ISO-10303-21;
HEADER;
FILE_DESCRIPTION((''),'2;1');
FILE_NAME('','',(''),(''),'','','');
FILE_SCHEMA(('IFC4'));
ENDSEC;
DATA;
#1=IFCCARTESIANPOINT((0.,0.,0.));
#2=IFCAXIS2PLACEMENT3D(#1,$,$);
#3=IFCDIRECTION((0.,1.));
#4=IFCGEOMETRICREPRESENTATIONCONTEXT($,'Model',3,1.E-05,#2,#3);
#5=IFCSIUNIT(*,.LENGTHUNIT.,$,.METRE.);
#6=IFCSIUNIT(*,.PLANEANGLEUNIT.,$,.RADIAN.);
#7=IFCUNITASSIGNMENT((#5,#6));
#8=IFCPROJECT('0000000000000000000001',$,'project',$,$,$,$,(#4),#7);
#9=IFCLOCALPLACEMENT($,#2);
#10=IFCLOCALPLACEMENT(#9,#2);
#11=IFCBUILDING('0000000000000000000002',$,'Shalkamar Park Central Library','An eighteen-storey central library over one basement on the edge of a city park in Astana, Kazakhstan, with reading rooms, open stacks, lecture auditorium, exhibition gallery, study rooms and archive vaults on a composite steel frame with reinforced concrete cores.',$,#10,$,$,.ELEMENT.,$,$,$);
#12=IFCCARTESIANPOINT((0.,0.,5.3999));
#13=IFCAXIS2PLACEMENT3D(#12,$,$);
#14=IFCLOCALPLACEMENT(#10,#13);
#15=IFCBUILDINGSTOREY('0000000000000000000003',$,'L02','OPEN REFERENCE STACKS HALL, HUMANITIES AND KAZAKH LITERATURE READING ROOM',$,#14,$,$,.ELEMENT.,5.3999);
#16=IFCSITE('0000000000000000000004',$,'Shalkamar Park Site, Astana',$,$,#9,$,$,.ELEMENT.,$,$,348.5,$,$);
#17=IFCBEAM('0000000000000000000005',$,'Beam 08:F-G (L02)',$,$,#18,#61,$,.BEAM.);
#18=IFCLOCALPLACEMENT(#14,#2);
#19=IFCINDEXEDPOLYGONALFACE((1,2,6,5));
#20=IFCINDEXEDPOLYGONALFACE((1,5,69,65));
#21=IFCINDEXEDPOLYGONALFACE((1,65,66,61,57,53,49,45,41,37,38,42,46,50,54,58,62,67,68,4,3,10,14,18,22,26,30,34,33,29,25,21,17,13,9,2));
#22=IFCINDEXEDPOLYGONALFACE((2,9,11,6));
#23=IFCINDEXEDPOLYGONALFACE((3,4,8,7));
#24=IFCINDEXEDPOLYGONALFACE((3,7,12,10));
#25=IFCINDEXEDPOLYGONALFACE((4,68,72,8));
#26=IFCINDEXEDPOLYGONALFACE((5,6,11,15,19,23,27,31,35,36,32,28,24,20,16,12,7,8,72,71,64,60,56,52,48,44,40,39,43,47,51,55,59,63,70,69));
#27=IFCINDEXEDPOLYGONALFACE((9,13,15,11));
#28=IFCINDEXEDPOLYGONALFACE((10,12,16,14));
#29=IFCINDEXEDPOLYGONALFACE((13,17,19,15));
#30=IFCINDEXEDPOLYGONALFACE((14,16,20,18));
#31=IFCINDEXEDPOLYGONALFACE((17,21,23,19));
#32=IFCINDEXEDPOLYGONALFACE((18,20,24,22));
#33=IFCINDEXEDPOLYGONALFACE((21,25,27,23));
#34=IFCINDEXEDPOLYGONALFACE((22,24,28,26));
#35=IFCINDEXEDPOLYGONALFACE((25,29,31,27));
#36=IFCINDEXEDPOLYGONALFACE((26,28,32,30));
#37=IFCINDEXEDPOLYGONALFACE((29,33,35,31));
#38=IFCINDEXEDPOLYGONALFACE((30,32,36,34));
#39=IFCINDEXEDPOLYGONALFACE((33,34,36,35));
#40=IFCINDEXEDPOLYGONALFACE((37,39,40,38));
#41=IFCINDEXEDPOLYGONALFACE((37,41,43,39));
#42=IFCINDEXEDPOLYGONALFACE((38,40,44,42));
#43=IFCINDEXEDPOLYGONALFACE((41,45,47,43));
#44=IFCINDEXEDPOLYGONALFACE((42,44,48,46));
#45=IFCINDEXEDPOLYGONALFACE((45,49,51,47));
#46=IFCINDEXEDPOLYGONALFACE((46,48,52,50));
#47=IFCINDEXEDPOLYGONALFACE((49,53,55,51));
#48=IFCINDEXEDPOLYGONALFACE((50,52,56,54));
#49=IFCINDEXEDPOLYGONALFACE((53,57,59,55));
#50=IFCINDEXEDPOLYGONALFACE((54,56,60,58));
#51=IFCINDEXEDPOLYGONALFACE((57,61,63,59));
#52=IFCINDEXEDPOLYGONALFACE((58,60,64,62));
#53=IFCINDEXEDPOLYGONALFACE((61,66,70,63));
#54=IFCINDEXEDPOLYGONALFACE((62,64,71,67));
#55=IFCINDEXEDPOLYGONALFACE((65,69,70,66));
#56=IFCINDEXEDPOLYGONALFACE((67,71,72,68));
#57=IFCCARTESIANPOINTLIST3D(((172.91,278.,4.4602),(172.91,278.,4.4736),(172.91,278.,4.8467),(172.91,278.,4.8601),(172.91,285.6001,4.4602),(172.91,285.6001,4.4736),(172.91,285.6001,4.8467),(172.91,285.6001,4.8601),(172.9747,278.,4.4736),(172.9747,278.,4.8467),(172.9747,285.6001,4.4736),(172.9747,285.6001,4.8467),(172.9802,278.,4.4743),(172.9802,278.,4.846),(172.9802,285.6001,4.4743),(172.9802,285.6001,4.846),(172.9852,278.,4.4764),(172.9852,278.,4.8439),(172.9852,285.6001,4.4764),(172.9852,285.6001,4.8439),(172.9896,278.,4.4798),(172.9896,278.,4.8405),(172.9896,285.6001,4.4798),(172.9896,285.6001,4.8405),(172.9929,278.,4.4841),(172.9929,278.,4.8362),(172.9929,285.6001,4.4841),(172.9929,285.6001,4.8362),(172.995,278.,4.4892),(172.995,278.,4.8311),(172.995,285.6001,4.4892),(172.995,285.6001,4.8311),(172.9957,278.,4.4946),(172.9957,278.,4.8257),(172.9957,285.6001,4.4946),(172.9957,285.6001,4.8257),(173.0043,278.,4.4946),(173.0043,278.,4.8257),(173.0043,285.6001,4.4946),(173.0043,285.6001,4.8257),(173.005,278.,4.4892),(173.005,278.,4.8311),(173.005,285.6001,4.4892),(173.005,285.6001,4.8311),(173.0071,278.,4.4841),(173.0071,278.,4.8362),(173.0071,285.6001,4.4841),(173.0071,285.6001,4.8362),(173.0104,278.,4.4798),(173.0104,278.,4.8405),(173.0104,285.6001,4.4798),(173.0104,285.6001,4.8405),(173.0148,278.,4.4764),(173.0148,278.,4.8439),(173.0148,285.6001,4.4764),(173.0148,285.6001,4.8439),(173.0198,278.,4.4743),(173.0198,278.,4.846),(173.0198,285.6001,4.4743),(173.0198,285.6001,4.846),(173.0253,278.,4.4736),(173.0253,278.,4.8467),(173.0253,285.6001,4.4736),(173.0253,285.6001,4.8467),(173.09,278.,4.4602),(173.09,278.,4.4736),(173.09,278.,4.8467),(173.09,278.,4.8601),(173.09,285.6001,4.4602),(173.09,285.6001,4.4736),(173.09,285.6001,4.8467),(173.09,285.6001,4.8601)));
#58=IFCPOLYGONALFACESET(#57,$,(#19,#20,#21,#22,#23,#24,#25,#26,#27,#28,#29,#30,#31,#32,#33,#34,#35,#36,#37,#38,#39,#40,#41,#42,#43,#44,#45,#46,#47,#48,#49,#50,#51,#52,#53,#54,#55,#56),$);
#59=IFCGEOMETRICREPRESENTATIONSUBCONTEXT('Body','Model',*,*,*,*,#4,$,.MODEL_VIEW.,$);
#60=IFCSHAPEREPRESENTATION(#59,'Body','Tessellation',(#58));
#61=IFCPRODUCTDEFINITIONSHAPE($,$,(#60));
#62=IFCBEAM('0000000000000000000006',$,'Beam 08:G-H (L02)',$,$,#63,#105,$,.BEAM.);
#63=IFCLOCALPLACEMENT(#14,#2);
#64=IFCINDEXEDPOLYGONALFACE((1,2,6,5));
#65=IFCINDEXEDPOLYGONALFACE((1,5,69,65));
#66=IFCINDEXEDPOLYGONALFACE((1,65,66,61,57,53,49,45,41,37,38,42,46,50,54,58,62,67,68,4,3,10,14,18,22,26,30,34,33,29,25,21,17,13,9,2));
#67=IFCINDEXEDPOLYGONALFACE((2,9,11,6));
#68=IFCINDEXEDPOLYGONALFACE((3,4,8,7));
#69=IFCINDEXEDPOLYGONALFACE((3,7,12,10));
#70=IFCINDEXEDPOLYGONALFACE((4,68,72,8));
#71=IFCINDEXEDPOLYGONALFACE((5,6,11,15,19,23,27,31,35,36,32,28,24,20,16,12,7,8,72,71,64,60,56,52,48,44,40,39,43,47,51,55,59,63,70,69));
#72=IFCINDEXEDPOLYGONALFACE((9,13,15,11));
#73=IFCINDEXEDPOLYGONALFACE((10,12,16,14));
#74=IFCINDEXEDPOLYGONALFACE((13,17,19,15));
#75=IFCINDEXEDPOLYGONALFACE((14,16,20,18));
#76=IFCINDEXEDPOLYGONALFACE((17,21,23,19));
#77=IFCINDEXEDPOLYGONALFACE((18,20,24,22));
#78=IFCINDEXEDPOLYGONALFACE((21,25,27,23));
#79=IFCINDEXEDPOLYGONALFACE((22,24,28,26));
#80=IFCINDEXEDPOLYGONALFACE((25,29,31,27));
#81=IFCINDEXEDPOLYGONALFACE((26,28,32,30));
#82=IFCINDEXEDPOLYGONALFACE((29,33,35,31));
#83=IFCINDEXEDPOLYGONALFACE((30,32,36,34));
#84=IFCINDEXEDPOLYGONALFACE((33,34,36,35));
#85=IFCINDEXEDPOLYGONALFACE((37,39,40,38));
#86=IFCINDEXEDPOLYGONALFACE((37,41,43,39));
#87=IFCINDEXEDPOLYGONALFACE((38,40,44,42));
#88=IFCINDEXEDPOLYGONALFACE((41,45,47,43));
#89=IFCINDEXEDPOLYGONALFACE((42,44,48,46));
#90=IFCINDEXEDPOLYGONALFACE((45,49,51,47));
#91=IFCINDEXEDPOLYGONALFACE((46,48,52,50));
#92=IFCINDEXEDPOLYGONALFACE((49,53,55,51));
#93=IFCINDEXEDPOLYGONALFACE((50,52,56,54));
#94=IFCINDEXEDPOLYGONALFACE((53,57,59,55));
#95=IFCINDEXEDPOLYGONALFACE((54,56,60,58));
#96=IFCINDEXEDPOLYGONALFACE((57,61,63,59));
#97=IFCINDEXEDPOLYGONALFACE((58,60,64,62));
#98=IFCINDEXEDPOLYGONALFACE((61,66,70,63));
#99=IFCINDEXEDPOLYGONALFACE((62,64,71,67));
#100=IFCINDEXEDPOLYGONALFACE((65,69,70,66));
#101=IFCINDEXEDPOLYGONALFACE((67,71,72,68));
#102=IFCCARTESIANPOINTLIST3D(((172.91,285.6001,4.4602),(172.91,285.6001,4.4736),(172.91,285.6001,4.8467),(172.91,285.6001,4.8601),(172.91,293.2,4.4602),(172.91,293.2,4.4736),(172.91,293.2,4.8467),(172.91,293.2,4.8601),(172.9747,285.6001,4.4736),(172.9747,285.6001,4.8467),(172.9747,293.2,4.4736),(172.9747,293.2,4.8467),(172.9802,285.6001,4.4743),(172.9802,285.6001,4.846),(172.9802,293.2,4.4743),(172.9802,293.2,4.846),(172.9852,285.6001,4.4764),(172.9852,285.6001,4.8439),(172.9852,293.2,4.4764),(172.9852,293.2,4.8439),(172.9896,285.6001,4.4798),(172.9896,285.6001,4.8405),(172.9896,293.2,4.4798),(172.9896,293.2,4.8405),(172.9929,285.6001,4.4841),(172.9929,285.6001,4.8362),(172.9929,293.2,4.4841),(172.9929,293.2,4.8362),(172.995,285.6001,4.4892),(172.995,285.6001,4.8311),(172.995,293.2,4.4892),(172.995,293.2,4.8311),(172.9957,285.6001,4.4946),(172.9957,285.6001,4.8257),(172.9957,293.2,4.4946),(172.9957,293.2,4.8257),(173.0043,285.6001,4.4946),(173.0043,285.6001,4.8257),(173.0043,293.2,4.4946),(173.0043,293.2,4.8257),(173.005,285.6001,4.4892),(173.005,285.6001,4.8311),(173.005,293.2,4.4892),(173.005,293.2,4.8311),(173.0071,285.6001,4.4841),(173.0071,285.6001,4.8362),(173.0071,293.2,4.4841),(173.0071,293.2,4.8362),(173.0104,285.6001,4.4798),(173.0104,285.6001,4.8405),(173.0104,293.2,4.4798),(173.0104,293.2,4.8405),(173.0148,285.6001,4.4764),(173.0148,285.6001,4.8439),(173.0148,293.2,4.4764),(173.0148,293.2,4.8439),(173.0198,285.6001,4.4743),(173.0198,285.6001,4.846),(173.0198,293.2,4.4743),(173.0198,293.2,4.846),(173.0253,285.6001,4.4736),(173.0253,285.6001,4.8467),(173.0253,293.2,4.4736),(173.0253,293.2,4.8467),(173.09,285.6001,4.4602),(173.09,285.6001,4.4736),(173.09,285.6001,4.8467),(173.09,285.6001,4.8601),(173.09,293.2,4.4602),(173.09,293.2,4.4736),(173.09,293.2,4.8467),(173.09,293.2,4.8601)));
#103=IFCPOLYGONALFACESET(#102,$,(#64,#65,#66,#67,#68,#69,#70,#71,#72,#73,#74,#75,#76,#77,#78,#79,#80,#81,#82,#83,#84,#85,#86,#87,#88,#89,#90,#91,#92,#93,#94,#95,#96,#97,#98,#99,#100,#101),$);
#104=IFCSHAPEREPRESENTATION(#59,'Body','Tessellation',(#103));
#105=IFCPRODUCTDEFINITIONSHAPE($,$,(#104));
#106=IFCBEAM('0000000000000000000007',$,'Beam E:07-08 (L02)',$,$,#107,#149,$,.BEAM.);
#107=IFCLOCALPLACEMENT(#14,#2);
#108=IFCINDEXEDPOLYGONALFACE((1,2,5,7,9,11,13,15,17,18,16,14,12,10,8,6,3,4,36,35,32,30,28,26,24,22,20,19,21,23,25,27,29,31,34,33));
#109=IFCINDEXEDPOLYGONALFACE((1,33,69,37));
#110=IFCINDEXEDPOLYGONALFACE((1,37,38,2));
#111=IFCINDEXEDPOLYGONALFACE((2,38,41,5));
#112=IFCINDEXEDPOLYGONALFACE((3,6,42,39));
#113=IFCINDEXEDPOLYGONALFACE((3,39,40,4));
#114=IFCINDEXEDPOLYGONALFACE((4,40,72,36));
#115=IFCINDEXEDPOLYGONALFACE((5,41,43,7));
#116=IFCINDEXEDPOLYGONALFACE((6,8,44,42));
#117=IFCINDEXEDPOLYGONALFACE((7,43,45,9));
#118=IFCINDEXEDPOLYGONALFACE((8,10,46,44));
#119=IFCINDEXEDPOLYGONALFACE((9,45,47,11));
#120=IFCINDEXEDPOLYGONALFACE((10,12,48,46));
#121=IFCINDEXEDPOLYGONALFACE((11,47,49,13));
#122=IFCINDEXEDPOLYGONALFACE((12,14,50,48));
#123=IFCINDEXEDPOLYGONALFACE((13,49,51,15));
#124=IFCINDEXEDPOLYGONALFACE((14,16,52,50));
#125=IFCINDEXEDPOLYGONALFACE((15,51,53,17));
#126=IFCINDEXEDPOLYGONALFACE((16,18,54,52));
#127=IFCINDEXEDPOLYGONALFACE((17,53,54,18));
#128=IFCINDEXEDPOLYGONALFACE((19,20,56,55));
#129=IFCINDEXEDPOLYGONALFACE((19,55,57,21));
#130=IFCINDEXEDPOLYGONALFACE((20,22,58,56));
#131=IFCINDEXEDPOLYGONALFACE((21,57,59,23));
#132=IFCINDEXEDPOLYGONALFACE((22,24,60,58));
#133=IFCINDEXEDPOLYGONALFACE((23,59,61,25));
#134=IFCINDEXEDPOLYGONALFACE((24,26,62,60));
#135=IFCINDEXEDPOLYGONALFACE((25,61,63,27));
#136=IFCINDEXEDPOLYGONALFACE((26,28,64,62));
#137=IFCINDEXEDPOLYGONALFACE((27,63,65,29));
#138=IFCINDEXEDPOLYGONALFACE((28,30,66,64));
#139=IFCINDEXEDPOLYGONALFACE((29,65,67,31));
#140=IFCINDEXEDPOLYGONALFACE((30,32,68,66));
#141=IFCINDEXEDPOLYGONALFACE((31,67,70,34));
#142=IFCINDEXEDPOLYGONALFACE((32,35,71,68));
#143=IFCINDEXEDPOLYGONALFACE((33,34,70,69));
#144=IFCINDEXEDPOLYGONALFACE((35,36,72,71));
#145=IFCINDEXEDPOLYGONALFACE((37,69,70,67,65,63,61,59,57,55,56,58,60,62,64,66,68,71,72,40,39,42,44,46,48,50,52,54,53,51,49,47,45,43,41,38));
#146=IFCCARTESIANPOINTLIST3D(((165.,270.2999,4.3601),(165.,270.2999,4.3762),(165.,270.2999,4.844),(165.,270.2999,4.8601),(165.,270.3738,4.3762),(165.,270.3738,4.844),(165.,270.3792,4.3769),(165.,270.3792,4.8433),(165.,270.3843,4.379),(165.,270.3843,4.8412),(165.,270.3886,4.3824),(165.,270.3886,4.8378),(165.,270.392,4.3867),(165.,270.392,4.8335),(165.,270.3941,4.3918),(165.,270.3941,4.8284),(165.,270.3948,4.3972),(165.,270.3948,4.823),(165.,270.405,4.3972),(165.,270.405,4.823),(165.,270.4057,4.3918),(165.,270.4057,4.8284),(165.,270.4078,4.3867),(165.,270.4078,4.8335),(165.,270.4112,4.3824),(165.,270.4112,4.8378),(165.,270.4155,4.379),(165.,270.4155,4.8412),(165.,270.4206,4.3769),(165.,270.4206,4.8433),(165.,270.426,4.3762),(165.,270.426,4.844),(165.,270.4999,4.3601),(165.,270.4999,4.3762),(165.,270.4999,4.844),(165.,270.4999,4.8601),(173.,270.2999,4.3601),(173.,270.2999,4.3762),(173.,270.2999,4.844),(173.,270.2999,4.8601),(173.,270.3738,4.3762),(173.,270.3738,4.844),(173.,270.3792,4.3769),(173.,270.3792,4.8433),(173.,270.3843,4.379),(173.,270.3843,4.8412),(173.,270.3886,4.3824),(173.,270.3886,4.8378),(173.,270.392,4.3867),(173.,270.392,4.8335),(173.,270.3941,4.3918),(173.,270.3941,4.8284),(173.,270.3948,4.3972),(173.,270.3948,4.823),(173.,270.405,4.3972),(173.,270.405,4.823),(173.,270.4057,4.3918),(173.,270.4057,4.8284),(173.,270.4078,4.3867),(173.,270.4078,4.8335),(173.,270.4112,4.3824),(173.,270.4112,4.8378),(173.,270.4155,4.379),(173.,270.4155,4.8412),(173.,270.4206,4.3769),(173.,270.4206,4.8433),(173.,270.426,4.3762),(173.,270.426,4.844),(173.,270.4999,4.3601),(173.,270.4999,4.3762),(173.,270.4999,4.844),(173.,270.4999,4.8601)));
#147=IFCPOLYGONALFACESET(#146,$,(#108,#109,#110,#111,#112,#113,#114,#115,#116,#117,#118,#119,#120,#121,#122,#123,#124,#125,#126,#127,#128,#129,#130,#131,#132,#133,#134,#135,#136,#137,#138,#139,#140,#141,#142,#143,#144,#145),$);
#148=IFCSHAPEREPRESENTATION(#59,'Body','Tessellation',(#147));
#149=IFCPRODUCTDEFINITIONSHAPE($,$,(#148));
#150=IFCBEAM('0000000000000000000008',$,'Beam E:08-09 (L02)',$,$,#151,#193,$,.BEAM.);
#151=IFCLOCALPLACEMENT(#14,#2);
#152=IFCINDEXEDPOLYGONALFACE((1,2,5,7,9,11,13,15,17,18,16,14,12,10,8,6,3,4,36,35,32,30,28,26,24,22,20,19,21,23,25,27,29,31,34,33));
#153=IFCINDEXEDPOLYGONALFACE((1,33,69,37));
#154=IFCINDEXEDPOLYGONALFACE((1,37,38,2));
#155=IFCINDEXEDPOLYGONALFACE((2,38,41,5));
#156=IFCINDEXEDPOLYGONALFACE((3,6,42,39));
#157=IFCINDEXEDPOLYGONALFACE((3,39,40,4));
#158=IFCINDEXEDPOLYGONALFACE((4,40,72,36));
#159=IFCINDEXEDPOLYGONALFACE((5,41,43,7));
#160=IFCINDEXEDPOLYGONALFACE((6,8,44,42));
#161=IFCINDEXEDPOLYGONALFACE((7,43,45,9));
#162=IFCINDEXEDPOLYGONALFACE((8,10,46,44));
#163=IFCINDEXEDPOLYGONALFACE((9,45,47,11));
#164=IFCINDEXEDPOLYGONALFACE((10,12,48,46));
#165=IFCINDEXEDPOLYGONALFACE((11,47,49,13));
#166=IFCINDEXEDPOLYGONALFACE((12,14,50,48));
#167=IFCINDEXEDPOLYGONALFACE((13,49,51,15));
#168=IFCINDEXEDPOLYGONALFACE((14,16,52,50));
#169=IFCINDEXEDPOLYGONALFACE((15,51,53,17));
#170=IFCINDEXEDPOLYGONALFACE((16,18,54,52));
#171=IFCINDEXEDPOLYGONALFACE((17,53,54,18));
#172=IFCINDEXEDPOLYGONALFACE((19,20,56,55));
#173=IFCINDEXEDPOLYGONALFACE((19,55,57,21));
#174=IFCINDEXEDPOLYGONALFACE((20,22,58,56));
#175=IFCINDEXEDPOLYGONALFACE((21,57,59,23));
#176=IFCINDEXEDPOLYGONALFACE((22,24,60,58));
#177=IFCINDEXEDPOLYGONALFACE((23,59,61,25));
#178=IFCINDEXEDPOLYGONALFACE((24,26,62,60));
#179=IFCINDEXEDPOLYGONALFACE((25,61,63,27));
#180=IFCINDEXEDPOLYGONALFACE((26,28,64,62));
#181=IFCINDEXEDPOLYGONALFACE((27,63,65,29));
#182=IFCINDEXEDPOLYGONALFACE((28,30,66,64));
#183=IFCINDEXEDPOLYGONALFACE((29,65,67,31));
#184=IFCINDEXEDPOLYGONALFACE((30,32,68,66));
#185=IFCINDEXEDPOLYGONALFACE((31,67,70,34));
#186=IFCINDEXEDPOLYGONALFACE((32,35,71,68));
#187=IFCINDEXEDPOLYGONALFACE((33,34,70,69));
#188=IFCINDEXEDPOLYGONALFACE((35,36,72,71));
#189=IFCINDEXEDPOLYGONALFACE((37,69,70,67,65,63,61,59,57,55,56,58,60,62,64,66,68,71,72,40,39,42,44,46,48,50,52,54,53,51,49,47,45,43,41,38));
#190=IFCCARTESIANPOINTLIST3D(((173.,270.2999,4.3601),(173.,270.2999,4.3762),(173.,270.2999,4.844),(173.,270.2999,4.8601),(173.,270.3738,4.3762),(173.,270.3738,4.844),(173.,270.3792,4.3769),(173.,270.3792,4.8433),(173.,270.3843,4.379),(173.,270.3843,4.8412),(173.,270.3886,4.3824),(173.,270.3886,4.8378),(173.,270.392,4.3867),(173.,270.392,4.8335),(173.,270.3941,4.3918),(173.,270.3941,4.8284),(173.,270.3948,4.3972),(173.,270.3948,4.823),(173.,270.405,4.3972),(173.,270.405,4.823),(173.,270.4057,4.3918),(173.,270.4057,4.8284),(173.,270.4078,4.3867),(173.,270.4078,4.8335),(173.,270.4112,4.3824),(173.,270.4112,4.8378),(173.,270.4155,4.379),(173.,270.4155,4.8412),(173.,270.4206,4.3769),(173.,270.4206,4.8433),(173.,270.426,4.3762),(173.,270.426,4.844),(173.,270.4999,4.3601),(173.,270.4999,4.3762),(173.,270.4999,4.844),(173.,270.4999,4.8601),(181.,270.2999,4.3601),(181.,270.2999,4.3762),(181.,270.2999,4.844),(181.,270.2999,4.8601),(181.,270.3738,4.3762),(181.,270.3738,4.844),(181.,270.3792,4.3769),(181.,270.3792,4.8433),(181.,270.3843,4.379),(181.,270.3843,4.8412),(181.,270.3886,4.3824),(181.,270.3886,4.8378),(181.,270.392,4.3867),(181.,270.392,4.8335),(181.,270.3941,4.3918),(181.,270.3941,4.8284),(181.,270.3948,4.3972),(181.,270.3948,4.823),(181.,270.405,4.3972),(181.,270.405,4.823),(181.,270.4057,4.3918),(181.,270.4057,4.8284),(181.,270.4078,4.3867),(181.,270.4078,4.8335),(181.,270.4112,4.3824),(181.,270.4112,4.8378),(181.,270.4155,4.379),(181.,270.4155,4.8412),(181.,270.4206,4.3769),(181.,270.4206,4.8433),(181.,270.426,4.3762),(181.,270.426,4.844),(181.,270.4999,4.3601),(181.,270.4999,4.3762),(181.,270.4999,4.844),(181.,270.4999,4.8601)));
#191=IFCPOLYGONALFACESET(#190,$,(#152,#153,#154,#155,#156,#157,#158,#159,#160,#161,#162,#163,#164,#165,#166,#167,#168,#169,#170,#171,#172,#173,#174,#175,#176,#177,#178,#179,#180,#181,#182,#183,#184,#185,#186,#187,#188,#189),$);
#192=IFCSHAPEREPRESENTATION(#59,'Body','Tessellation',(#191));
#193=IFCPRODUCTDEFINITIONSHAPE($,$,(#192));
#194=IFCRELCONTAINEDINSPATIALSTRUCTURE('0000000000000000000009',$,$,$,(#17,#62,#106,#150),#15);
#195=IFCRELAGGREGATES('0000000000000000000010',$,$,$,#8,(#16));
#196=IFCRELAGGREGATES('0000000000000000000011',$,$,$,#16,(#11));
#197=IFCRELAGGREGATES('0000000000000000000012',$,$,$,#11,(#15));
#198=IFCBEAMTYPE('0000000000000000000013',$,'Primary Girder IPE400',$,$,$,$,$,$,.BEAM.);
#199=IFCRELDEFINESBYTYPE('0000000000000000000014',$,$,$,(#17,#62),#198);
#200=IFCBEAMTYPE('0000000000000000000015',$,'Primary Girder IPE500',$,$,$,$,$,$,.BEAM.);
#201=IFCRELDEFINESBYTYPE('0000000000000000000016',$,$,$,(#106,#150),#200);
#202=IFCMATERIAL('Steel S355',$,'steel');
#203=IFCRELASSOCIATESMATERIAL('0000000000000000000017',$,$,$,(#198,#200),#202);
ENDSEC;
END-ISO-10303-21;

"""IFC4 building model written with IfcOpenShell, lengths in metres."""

from ifc_helpers import new_model, si_unit, direction, frame, origin, origin_2d, place, context, subcontext, project, spatial, i_section, extrude, material, material_profile, profile_set, type_object, element, save


model = new_model("IFC4")

# Units and contexts
model_context = context("Model", 3, precision=1e-05, world=origin(), true_north=direction((0.0, 1.0)))
body_context = subcontext(model_context, "Body", "Model", "MODEL_VIEW")
ifc_project = project(units=[si_unit("LENGTHUNIT", "METRE"), si_unit("PLANEANGLEUNIT", "RADIAN")], contexts=[model_context])

# Site, building, storey
site_placement = place(None, origin())
site = spatial("IfcSite", under=ifc_project, at=site_placement, Name="Shalkamar Park Site, Astana", CompositionType="ELEMENT", RefElevation=348.5)
building_placement = place(site_placement, origin())
building = spatial("IfcBuilding", under=site, at=building_placement, Name="Shalkamar Park Central Library", Description="An eighteen-storey central library over one basement on the edge of a city park in Astana, Kazakhstan, with reading rooms, open stacks, lecture auditorium, exhibition gallery, study rooms and archive vaults on a composite steel frame with reinforced concrete cores.", CompositionType="ELEMENT")
storey_placement = place(building_placement, frame((0.0, 0.0, 5.3999)))
storey = spatial("IfcBuildingStorey", under=building, at=storey_placement, Name="L02", Description="OPEN REFERENCE STACKS HALL, HUMANITIES AND KAZAKH LITERATURE READING ROOM", CompositionType="ELEMENT", Elevation=5.3999)

# Shared definitions
ifc_material = material(Name="Steel S355", Category="steel")

# Beams
ifc_material_profile_1 = material_profile(ifc_material, i_section(OverallWidth=0.1799, OverallDepth=0.3999, WebThickness=0.0085, FlangeThickness=0.0134, FilletRadius=0.021, at=origin_2d()), Name="IPE 400")
ifc_profile_set_1 = profile_set([ifc_material_profile_1], Name="Steel S355")
beam_type_1 = type_object("IfcBeamType", Name="Primary Girder IPE400", PredefinedType="BEAM", material=ifc_profile_set_1)
for number, where, z_axis, x_axis, name in (
    (1, (173.0, 278.0, 4.6602), (0.0, 1.0, 0.0), (-1.0, 0.0, 0.0), "Beam 08:F-G (L02)"),
):
    element("IfcBeam", number, at=place(storey_placement, frame(where, z_axis=z_axis, x_axis=x_axis)), inside=storey, type_object=beam_type_1, Name=name, PredefinedType="BEAM", context=body_context, shape_type="SweptSolid", body=[
        extrude(i_section(OverallWidth=0.1799, OverallDepth=0.3999, WebThickness=0.0085, FlangeThickness=0.0134, FilletRadius=0.021, at=origin_2d()), origin(), (0.0, 0.0, 1.0), 7.6001),
    ])
beam_1_placement = place(storey_placement, frame((173.0, 285.6001, 4.6602), z_axis=(0.0, 1.0, 0.0), x_axis=(-1.0, 0.0, 0.0)))
element("IfcBeam", 2, at=beam_1_placement, inside=storey, type_object=beam_type_1, Name="Beam 08:G-H (L02)", PredefinedType="BEAM", context=body_context, shape_type="SweptSolid", body=[
    extrude(i_section(OverallWidth=0.1799, OverallDepth=0.3999, WebThickness=0.0085, FlangeThickness=0.0134, FilletRadius=0.021, at=origin_2d()), origin(), (0.0, 0.0, 1.0), 7.5999),
])
ifc_material_profile_2 = material_profile(ifc_material, i_section(OverallWidth=0.2, OverallDepth=0.5, WebThickness=0.0103, FlangeThickness=0.0161, FilletRadius=0.021, at=origin_2d()), Name="IPE 500")
ifc_profile_set_2 = profile_set([ifc_material_profile_2], Name="Steel S355")
beam_type_2 = type_object("IfcBeamType", Name="Primary Girder IPE500", PredefinedType="BEAM", material=ifc_profile_set_2)
for number, where, z_axis, x_axis, name in (
    (3, (165.0, 270.3999, 4.6101), (1.0, 0.0, 0.0), (0.0, 1.0, 0.0), "Beam E:07-08 (L02)"),
    (4, (173.0, 270.3999, 4.6101), (1.0, 0.0, 0.0), (0.0, 1.0, 0.0), "Beam E:08-09 (L02)"),
):
    element("IfcBeam", number, at=place(storey_placement, frame(where, z_axis=z_axis, x_axis=x_axis)), inside=storey, type_object=beam_type_2, Name=name, PredefinedType="BEAM", context=body_context, shape_type="SweptSolid", body=[
        extrude(i_section(OverallWidth=0.2, OverallDepth=0.5, WebThickness=0.0103, FlangeThickness=0.0161, FilletRadius=0.021, at=origin_2d()), origin(), (0.0, 0.0, 1.0), 8.0),
    ])

save(model, "model.ifc")
